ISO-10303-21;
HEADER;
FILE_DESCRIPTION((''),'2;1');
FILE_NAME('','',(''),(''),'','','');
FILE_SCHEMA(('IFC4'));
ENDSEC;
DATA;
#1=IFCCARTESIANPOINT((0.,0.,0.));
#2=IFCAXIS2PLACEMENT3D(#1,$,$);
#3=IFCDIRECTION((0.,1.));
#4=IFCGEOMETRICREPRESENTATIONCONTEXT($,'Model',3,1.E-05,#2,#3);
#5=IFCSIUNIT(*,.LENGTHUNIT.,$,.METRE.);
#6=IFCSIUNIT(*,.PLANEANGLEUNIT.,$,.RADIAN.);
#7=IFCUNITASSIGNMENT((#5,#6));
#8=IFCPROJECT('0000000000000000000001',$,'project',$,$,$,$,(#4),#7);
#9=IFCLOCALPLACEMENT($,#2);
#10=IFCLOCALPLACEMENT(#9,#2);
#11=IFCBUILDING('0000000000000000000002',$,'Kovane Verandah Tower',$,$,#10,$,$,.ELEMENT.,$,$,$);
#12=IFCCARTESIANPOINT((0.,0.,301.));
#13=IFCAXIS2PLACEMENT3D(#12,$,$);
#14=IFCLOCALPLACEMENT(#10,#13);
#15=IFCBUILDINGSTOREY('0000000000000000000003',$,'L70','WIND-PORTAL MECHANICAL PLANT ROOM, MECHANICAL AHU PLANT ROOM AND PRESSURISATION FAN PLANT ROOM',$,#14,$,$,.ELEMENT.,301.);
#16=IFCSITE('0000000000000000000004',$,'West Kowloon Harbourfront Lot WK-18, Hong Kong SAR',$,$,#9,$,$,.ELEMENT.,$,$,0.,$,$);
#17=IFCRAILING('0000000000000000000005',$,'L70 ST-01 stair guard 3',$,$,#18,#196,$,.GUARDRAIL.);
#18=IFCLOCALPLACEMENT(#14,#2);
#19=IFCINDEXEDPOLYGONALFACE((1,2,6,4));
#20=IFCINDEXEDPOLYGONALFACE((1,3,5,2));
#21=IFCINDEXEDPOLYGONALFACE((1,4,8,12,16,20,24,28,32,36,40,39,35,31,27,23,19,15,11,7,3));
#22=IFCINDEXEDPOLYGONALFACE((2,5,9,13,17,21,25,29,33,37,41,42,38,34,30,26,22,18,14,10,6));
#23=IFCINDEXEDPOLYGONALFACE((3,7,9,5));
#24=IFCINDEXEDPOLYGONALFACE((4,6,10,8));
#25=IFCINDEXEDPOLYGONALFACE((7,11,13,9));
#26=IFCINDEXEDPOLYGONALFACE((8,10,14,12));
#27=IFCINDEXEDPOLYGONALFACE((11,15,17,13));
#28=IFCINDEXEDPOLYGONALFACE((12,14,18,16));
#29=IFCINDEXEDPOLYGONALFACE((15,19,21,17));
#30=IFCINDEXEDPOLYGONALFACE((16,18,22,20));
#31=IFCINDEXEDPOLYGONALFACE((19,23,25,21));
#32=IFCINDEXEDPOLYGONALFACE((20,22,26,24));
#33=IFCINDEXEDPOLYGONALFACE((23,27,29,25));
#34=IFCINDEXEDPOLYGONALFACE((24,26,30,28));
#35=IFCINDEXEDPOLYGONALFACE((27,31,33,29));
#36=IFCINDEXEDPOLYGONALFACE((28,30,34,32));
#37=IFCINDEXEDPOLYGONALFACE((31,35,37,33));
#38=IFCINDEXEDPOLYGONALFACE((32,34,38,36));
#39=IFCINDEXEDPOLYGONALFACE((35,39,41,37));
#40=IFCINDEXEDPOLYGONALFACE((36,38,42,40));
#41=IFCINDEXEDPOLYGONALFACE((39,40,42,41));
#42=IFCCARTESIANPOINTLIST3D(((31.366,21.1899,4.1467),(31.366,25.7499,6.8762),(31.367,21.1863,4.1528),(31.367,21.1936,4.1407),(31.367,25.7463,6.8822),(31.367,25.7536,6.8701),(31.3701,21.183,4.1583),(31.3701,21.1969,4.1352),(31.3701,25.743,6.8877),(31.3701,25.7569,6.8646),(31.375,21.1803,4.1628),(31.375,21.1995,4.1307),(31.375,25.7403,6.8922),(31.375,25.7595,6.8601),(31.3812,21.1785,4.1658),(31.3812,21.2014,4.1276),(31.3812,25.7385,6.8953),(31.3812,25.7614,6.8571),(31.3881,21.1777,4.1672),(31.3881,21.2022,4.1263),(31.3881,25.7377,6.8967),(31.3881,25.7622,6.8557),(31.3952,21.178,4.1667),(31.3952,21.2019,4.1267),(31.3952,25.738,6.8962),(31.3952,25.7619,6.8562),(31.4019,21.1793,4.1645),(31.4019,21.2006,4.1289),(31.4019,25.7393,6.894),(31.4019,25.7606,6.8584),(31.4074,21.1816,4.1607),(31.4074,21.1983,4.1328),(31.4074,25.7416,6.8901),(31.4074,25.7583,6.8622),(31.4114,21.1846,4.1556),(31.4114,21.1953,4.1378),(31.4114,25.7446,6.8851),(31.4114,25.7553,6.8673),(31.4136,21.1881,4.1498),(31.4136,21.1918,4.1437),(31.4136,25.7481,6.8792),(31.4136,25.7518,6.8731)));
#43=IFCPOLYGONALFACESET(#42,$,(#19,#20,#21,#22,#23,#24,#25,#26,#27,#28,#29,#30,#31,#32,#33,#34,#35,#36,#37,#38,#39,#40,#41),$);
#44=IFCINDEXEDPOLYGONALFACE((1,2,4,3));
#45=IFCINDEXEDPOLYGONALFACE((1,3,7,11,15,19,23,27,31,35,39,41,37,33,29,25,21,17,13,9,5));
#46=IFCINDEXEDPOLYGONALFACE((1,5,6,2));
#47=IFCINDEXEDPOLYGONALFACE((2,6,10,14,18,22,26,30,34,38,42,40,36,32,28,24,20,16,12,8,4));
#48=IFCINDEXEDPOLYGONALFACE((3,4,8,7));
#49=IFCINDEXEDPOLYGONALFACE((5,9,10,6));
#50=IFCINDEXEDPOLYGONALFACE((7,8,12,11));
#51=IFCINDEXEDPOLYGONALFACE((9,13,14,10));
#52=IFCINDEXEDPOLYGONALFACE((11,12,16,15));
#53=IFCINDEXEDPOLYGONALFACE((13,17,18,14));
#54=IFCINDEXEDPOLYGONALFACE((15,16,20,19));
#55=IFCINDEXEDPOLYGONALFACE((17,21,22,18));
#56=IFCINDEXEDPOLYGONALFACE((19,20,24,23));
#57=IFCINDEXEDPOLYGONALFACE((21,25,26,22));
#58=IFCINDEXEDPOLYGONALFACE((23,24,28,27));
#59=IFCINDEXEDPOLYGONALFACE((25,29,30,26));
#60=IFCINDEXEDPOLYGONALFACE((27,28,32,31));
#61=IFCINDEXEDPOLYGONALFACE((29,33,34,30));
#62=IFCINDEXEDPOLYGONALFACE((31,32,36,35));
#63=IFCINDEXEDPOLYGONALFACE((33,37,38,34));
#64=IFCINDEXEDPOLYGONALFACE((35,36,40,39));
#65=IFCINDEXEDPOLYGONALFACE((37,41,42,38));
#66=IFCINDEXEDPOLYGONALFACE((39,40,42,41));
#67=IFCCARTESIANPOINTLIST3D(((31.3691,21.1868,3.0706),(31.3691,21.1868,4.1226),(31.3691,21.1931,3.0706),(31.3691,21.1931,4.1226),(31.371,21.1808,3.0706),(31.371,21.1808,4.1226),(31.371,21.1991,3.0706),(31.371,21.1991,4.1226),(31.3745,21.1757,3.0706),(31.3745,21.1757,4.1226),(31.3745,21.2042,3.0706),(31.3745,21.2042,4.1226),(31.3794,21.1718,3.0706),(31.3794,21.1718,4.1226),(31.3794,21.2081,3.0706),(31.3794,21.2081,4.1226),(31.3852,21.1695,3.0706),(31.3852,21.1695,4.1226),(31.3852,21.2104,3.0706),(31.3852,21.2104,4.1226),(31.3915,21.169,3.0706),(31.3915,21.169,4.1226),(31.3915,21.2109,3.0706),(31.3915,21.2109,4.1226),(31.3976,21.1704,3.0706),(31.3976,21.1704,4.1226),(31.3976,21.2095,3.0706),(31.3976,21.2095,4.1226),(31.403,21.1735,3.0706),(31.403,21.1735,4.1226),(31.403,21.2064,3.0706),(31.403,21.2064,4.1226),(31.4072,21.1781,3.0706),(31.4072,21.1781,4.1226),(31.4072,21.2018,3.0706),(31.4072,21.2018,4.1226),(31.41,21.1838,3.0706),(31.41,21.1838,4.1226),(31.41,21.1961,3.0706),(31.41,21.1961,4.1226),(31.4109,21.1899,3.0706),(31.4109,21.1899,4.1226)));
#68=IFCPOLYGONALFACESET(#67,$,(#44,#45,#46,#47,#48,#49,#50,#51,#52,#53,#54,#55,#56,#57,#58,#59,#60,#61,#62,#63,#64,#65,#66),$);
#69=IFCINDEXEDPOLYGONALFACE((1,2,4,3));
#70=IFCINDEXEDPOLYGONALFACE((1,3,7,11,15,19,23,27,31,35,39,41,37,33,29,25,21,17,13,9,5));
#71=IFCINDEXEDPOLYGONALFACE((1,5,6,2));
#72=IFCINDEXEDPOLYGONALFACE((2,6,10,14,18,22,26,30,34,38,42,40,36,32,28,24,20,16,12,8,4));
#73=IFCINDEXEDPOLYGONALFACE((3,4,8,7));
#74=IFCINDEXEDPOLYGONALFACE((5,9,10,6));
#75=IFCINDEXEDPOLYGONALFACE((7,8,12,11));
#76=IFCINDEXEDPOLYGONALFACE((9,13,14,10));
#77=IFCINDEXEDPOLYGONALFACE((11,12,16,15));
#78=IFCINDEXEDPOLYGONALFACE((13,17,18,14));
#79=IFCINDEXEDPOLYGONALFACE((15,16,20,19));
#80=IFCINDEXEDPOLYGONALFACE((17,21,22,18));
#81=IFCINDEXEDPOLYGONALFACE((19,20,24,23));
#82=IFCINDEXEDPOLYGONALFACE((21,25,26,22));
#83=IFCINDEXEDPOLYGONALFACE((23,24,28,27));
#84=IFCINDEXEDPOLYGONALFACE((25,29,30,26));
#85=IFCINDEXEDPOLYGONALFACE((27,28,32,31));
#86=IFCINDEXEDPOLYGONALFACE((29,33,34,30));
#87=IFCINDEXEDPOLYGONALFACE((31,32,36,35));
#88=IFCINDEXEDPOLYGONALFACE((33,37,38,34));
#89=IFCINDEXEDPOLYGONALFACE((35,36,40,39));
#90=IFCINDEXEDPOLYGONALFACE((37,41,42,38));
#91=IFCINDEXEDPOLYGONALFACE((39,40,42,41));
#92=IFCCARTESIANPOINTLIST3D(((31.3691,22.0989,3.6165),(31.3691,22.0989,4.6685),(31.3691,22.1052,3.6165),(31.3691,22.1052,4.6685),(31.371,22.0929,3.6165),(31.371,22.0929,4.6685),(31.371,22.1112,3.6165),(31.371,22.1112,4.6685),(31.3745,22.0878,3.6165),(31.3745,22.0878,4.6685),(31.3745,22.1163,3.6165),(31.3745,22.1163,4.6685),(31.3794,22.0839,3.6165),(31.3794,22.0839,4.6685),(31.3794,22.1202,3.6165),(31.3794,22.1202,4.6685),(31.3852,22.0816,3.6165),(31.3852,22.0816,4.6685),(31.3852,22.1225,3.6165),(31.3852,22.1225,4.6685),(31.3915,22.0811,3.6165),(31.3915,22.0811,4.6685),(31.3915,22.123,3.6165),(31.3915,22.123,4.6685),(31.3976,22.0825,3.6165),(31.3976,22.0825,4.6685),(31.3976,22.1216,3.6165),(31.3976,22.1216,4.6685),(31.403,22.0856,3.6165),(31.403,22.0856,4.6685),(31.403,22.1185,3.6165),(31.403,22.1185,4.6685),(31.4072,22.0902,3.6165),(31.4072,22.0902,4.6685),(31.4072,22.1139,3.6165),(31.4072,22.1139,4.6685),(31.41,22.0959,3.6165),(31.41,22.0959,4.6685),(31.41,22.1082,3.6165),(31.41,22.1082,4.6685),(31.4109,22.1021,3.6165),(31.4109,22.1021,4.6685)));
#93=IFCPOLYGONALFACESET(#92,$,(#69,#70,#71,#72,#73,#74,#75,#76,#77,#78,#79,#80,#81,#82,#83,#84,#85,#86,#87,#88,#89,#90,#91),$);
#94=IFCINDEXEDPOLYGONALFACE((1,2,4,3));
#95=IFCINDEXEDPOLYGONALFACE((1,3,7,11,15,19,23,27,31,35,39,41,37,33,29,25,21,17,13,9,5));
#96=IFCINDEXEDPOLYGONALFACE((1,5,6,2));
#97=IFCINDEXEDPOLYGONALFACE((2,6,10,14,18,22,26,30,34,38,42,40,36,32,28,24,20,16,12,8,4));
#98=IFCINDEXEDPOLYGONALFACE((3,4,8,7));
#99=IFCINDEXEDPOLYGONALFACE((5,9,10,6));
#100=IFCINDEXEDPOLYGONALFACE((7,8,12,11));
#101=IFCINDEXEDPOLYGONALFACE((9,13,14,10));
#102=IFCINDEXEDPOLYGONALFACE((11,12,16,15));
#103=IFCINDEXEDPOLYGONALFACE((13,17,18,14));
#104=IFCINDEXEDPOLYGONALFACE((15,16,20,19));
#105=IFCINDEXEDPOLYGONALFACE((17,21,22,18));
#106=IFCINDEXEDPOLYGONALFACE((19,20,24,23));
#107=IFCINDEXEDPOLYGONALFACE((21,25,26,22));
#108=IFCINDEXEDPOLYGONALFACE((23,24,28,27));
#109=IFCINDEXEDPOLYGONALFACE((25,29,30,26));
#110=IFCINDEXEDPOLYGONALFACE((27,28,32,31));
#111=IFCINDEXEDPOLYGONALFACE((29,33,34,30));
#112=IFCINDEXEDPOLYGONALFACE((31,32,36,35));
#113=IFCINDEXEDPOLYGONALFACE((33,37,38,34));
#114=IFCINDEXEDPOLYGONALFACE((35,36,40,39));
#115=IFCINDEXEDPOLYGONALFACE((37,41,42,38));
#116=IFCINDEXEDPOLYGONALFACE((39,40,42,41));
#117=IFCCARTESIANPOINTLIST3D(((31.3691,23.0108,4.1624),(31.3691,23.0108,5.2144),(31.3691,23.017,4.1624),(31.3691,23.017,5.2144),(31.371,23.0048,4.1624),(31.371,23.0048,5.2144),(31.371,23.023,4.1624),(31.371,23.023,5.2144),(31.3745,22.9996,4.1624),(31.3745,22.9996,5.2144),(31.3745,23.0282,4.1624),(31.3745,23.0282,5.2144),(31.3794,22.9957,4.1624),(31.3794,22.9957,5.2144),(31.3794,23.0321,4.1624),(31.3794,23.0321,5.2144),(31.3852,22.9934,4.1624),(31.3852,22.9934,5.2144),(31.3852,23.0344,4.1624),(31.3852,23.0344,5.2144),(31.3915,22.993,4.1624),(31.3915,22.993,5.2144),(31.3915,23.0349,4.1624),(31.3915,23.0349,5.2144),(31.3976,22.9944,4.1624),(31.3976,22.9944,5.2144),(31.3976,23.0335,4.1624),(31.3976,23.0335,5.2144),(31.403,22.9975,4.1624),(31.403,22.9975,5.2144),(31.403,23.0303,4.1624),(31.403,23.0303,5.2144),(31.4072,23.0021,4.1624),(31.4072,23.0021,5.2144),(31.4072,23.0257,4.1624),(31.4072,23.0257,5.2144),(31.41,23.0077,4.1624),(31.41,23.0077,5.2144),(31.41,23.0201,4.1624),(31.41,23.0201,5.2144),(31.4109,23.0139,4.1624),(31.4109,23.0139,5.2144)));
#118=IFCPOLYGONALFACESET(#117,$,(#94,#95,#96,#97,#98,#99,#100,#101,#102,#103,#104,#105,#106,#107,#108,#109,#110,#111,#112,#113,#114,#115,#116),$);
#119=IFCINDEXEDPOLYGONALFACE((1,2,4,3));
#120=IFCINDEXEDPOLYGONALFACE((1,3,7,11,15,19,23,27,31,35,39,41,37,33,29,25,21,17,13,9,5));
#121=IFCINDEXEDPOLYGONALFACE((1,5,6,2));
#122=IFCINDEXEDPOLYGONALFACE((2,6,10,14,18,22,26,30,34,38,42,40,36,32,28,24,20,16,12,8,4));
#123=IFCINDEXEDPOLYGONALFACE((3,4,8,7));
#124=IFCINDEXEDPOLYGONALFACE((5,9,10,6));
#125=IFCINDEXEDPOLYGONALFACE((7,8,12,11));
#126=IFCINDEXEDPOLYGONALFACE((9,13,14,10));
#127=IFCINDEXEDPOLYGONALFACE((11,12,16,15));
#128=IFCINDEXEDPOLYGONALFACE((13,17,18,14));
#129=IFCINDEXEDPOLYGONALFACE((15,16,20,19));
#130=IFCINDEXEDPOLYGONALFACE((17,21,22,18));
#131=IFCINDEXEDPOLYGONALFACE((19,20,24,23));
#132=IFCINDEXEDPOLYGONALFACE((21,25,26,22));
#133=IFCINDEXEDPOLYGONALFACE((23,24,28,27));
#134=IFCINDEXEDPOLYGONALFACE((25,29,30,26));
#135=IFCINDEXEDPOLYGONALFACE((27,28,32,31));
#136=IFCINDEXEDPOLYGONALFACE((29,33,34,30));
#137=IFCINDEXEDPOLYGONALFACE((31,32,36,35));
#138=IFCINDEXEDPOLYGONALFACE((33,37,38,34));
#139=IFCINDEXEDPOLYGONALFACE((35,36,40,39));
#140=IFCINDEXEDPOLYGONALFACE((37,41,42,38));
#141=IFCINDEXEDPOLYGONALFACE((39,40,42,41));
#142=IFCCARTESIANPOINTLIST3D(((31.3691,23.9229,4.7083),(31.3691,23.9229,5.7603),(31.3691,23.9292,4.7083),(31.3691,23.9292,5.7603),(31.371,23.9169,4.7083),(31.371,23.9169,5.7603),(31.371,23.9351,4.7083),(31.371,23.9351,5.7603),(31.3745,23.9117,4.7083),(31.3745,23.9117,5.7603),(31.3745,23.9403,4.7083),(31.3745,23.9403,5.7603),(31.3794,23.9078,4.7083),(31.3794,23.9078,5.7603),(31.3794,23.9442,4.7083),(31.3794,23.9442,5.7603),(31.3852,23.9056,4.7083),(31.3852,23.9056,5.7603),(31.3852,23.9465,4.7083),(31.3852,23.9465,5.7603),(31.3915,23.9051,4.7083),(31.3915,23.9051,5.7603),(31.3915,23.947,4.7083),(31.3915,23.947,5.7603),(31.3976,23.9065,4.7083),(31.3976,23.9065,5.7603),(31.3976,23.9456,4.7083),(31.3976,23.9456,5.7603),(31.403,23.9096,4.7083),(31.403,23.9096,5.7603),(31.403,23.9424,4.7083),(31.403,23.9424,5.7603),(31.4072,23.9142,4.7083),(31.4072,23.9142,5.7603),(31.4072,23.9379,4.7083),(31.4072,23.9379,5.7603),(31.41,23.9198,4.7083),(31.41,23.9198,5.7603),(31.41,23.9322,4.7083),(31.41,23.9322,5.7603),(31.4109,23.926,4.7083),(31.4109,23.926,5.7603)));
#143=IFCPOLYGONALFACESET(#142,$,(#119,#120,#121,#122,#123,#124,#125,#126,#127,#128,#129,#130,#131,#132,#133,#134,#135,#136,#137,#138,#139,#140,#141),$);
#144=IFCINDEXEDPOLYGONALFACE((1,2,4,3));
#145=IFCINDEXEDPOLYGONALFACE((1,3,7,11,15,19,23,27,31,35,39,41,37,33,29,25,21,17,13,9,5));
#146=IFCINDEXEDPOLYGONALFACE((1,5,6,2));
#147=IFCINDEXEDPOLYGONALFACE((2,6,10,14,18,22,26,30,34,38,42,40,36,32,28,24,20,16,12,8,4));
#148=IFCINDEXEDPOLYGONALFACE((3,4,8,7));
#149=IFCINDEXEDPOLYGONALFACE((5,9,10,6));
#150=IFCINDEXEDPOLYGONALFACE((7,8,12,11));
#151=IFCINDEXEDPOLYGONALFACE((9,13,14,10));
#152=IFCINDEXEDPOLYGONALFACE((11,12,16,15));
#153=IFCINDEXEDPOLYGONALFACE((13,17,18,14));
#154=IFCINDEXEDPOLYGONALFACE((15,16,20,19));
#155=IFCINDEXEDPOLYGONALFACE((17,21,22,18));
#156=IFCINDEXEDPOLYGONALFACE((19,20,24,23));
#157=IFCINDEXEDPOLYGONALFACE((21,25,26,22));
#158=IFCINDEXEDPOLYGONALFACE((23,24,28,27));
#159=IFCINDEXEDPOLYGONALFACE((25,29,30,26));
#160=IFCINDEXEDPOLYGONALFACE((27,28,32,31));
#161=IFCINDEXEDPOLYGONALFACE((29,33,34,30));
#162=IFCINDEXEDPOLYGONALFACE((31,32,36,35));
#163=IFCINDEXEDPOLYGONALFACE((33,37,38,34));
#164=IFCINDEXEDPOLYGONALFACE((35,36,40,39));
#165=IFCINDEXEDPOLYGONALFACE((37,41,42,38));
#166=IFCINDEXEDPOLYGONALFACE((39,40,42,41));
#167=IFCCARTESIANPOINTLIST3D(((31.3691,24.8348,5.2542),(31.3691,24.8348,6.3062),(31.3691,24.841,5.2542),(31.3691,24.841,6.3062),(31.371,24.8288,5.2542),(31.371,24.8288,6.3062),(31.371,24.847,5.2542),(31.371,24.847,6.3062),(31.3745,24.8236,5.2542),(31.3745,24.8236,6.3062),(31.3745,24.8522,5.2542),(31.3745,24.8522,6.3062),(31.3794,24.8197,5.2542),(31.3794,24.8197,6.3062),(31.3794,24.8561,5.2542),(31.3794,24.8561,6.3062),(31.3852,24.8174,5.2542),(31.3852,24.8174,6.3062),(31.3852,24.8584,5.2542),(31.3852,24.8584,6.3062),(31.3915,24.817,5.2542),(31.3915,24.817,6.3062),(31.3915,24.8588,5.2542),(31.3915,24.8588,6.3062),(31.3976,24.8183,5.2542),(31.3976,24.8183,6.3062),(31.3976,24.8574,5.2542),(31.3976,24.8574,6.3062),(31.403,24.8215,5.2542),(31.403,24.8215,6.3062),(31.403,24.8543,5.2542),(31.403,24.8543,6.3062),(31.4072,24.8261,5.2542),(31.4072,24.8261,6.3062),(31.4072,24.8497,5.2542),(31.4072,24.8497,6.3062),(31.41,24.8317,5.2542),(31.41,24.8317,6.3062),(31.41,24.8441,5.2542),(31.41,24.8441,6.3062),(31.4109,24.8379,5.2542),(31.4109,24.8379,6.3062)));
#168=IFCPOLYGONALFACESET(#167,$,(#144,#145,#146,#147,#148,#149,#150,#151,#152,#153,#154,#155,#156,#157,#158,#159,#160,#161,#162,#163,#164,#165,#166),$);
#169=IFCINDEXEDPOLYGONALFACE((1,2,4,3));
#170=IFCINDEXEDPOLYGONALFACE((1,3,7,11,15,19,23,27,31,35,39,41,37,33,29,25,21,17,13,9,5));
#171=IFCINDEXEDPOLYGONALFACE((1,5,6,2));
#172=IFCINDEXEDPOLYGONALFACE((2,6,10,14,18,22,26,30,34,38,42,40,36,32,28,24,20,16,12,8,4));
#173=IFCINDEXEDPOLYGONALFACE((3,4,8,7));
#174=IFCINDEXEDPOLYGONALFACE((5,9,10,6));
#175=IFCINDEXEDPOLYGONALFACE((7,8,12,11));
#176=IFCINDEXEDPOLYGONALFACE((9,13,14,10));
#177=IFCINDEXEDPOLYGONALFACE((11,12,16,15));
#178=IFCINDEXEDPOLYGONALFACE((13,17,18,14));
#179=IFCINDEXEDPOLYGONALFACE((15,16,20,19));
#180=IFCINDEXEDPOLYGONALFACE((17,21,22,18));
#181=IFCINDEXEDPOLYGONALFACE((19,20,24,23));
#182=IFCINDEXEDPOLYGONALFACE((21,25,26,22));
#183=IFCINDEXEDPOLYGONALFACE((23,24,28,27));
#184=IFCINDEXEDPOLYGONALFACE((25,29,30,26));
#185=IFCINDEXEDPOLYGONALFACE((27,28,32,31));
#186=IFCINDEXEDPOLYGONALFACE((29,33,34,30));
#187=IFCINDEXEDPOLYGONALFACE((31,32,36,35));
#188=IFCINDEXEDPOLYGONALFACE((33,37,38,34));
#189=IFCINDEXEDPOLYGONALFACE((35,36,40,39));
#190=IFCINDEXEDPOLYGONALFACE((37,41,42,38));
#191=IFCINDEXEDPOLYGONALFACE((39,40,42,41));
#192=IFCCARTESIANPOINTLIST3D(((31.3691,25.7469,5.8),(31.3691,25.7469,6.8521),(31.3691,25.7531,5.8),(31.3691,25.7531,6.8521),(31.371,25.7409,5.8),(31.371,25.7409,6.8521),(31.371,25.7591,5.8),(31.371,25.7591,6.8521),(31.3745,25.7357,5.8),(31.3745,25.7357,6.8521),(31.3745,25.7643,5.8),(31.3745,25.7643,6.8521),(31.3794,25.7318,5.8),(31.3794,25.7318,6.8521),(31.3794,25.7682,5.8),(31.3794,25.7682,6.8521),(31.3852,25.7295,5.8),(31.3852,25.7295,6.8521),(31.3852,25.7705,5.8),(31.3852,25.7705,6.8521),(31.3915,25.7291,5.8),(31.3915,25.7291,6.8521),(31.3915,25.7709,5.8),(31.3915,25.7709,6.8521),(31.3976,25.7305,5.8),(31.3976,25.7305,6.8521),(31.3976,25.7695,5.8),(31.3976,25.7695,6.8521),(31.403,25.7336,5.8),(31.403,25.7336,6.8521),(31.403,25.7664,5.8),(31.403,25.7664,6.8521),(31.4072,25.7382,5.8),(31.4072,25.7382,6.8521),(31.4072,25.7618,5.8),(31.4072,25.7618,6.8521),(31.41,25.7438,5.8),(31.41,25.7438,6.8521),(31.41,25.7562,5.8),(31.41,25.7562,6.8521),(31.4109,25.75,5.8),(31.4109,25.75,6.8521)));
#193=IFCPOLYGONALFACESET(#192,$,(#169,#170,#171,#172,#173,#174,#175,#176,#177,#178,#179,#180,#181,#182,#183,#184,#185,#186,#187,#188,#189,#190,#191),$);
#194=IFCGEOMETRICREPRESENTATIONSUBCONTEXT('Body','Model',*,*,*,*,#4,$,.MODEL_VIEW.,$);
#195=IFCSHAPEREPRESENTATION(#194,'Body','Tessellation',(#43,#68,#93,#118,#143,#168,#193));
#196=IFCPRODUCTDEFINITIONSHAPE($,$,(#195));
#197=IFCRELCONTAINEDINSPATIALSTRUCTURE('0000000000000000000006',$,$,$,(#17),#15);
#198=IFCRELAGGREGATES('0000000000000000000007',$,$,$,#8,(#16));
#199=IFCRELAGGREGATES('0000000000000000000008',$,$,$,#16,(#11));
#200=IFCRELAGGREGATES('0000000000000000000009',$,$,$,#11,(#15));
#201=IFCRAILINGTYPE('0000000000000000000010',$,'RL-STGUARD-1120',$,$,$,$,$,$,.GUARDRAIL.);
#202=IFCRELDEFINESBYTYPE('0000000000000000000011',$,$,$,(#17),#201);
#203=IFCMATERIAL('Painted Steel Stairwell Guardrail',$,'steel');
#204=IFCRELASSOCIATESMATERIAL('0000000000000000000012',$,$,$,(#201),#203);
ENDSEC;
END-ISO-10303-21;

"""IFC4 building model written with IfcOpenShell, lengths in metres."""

from ifc_helpers import new_model, si_unit, direction, frame, origin, origin_2d, place, context, subcontext, project, spatial, circle, extrude, material, type_object, element, save


model = new_model("IFC4")

# Units and contexts
model_context = context("Model", 3, precision=1e-05, world=origin(), true_north=direction((0.0, 1.0)))
body_context = subcontext(model_context, "Body", "Model", "MODEL_VIEW")
ifc_project = project(units=[si_unit("LENGTHUNIT", "METRE"), si_unit("PLANEANGLEUNIT", "RADIAN")], contexts=[model_context])

# Site, building, storey
site_placement = place(None, origin())
site = spatial("IfcSite", under=ifc_project, at=site_placement, Name="West Kowloon Harbourfront Lot WK-18, Hong Kong SAR", CompositionType="ELEMENT", RefElevation=0.0)
building_placement = place(site_placement, origin())
building = spatial("IfcBuilding", under=site, at=building_placement, Name="Kovane Verandah Tower", CompositionType="ELEMENT")
storey_placement = place(building_placement, frame((0.0, 0.0, 301.0)))
storey = spatial("IfcBuildingStorey", under=building, at=storey_placement, Name="L70", Description="WIND-PORTAL MECHANICAL PLANT ROOM, MECHANICAL AHU PLANT ROOM AND PRESSURISATION FAN PLANT ROOM", CompositionType="ELEMENT", Elevation=301.0)

# Railing
ifc_material_1 = material(Name="Painted Steel Stairwell Guardrail", Category="steel")
railing_type_1 = type_object("IfcRailingType", Name="RL-STGUARD-1120", PredefinedType="GUARDRAIL", material=ifc_material_1)
railing_1_placement = place(storey_placement, frame((31.3899, 21.1899, 3.0706)))
element("IfcRailing", 1, at=railing_1_placement, inside=storey, type_object=railing_type_1, Name="L70 ST-01 stair guard 3", PredefinedType="GUARDRAIL", context=body_context, shape_type="SweptSolid", body=[
    extrude(circle(Radius=0.0239, at=origin_2d()), frame((0.0, 0.0, 1.0762), z_axis=(0.0, 0.858036, 0.51359), x_axis=(-1.0, 0.0, 0.0)), (0.0, 0.0, 1.0), 5.3145),
    extrude(circle(Radius=0.021, at=origin_2d()), origin(), (0.0, 0.0, 1.0), 1.052),
    extrude(circle(Radius=0.021, at=origin_2d()), frame((0.0, 0.9121, 0.5459)), (0.0, 0.0, 1.0), 1.052),
    extrude(circle(Radius=0.021, at=origin_2d()), frame((0.0, 1.824, 1.0918)), (0.0, 0.0, 1.0), 1.052),
    extrude(circle(Radius=0.021, at=origin_2d()), frame((0.0, 2.7361, 1.6377)), (0.0, 0.0, 1.0), 1.052),
    extrude(circle(Radius=0.021, at=origin_2d()), frame((0.0, 3.6479, 2.1836)), (0.0, 0.0, 1.0), 1.052),
    extrude(circle(Radius=0.021, at=origin_2d()), frame((0.0, 4.5601, 2.7295)), (0.0, 0.0, 1.0), 1.052),
])

save(model, "model.ifc")
